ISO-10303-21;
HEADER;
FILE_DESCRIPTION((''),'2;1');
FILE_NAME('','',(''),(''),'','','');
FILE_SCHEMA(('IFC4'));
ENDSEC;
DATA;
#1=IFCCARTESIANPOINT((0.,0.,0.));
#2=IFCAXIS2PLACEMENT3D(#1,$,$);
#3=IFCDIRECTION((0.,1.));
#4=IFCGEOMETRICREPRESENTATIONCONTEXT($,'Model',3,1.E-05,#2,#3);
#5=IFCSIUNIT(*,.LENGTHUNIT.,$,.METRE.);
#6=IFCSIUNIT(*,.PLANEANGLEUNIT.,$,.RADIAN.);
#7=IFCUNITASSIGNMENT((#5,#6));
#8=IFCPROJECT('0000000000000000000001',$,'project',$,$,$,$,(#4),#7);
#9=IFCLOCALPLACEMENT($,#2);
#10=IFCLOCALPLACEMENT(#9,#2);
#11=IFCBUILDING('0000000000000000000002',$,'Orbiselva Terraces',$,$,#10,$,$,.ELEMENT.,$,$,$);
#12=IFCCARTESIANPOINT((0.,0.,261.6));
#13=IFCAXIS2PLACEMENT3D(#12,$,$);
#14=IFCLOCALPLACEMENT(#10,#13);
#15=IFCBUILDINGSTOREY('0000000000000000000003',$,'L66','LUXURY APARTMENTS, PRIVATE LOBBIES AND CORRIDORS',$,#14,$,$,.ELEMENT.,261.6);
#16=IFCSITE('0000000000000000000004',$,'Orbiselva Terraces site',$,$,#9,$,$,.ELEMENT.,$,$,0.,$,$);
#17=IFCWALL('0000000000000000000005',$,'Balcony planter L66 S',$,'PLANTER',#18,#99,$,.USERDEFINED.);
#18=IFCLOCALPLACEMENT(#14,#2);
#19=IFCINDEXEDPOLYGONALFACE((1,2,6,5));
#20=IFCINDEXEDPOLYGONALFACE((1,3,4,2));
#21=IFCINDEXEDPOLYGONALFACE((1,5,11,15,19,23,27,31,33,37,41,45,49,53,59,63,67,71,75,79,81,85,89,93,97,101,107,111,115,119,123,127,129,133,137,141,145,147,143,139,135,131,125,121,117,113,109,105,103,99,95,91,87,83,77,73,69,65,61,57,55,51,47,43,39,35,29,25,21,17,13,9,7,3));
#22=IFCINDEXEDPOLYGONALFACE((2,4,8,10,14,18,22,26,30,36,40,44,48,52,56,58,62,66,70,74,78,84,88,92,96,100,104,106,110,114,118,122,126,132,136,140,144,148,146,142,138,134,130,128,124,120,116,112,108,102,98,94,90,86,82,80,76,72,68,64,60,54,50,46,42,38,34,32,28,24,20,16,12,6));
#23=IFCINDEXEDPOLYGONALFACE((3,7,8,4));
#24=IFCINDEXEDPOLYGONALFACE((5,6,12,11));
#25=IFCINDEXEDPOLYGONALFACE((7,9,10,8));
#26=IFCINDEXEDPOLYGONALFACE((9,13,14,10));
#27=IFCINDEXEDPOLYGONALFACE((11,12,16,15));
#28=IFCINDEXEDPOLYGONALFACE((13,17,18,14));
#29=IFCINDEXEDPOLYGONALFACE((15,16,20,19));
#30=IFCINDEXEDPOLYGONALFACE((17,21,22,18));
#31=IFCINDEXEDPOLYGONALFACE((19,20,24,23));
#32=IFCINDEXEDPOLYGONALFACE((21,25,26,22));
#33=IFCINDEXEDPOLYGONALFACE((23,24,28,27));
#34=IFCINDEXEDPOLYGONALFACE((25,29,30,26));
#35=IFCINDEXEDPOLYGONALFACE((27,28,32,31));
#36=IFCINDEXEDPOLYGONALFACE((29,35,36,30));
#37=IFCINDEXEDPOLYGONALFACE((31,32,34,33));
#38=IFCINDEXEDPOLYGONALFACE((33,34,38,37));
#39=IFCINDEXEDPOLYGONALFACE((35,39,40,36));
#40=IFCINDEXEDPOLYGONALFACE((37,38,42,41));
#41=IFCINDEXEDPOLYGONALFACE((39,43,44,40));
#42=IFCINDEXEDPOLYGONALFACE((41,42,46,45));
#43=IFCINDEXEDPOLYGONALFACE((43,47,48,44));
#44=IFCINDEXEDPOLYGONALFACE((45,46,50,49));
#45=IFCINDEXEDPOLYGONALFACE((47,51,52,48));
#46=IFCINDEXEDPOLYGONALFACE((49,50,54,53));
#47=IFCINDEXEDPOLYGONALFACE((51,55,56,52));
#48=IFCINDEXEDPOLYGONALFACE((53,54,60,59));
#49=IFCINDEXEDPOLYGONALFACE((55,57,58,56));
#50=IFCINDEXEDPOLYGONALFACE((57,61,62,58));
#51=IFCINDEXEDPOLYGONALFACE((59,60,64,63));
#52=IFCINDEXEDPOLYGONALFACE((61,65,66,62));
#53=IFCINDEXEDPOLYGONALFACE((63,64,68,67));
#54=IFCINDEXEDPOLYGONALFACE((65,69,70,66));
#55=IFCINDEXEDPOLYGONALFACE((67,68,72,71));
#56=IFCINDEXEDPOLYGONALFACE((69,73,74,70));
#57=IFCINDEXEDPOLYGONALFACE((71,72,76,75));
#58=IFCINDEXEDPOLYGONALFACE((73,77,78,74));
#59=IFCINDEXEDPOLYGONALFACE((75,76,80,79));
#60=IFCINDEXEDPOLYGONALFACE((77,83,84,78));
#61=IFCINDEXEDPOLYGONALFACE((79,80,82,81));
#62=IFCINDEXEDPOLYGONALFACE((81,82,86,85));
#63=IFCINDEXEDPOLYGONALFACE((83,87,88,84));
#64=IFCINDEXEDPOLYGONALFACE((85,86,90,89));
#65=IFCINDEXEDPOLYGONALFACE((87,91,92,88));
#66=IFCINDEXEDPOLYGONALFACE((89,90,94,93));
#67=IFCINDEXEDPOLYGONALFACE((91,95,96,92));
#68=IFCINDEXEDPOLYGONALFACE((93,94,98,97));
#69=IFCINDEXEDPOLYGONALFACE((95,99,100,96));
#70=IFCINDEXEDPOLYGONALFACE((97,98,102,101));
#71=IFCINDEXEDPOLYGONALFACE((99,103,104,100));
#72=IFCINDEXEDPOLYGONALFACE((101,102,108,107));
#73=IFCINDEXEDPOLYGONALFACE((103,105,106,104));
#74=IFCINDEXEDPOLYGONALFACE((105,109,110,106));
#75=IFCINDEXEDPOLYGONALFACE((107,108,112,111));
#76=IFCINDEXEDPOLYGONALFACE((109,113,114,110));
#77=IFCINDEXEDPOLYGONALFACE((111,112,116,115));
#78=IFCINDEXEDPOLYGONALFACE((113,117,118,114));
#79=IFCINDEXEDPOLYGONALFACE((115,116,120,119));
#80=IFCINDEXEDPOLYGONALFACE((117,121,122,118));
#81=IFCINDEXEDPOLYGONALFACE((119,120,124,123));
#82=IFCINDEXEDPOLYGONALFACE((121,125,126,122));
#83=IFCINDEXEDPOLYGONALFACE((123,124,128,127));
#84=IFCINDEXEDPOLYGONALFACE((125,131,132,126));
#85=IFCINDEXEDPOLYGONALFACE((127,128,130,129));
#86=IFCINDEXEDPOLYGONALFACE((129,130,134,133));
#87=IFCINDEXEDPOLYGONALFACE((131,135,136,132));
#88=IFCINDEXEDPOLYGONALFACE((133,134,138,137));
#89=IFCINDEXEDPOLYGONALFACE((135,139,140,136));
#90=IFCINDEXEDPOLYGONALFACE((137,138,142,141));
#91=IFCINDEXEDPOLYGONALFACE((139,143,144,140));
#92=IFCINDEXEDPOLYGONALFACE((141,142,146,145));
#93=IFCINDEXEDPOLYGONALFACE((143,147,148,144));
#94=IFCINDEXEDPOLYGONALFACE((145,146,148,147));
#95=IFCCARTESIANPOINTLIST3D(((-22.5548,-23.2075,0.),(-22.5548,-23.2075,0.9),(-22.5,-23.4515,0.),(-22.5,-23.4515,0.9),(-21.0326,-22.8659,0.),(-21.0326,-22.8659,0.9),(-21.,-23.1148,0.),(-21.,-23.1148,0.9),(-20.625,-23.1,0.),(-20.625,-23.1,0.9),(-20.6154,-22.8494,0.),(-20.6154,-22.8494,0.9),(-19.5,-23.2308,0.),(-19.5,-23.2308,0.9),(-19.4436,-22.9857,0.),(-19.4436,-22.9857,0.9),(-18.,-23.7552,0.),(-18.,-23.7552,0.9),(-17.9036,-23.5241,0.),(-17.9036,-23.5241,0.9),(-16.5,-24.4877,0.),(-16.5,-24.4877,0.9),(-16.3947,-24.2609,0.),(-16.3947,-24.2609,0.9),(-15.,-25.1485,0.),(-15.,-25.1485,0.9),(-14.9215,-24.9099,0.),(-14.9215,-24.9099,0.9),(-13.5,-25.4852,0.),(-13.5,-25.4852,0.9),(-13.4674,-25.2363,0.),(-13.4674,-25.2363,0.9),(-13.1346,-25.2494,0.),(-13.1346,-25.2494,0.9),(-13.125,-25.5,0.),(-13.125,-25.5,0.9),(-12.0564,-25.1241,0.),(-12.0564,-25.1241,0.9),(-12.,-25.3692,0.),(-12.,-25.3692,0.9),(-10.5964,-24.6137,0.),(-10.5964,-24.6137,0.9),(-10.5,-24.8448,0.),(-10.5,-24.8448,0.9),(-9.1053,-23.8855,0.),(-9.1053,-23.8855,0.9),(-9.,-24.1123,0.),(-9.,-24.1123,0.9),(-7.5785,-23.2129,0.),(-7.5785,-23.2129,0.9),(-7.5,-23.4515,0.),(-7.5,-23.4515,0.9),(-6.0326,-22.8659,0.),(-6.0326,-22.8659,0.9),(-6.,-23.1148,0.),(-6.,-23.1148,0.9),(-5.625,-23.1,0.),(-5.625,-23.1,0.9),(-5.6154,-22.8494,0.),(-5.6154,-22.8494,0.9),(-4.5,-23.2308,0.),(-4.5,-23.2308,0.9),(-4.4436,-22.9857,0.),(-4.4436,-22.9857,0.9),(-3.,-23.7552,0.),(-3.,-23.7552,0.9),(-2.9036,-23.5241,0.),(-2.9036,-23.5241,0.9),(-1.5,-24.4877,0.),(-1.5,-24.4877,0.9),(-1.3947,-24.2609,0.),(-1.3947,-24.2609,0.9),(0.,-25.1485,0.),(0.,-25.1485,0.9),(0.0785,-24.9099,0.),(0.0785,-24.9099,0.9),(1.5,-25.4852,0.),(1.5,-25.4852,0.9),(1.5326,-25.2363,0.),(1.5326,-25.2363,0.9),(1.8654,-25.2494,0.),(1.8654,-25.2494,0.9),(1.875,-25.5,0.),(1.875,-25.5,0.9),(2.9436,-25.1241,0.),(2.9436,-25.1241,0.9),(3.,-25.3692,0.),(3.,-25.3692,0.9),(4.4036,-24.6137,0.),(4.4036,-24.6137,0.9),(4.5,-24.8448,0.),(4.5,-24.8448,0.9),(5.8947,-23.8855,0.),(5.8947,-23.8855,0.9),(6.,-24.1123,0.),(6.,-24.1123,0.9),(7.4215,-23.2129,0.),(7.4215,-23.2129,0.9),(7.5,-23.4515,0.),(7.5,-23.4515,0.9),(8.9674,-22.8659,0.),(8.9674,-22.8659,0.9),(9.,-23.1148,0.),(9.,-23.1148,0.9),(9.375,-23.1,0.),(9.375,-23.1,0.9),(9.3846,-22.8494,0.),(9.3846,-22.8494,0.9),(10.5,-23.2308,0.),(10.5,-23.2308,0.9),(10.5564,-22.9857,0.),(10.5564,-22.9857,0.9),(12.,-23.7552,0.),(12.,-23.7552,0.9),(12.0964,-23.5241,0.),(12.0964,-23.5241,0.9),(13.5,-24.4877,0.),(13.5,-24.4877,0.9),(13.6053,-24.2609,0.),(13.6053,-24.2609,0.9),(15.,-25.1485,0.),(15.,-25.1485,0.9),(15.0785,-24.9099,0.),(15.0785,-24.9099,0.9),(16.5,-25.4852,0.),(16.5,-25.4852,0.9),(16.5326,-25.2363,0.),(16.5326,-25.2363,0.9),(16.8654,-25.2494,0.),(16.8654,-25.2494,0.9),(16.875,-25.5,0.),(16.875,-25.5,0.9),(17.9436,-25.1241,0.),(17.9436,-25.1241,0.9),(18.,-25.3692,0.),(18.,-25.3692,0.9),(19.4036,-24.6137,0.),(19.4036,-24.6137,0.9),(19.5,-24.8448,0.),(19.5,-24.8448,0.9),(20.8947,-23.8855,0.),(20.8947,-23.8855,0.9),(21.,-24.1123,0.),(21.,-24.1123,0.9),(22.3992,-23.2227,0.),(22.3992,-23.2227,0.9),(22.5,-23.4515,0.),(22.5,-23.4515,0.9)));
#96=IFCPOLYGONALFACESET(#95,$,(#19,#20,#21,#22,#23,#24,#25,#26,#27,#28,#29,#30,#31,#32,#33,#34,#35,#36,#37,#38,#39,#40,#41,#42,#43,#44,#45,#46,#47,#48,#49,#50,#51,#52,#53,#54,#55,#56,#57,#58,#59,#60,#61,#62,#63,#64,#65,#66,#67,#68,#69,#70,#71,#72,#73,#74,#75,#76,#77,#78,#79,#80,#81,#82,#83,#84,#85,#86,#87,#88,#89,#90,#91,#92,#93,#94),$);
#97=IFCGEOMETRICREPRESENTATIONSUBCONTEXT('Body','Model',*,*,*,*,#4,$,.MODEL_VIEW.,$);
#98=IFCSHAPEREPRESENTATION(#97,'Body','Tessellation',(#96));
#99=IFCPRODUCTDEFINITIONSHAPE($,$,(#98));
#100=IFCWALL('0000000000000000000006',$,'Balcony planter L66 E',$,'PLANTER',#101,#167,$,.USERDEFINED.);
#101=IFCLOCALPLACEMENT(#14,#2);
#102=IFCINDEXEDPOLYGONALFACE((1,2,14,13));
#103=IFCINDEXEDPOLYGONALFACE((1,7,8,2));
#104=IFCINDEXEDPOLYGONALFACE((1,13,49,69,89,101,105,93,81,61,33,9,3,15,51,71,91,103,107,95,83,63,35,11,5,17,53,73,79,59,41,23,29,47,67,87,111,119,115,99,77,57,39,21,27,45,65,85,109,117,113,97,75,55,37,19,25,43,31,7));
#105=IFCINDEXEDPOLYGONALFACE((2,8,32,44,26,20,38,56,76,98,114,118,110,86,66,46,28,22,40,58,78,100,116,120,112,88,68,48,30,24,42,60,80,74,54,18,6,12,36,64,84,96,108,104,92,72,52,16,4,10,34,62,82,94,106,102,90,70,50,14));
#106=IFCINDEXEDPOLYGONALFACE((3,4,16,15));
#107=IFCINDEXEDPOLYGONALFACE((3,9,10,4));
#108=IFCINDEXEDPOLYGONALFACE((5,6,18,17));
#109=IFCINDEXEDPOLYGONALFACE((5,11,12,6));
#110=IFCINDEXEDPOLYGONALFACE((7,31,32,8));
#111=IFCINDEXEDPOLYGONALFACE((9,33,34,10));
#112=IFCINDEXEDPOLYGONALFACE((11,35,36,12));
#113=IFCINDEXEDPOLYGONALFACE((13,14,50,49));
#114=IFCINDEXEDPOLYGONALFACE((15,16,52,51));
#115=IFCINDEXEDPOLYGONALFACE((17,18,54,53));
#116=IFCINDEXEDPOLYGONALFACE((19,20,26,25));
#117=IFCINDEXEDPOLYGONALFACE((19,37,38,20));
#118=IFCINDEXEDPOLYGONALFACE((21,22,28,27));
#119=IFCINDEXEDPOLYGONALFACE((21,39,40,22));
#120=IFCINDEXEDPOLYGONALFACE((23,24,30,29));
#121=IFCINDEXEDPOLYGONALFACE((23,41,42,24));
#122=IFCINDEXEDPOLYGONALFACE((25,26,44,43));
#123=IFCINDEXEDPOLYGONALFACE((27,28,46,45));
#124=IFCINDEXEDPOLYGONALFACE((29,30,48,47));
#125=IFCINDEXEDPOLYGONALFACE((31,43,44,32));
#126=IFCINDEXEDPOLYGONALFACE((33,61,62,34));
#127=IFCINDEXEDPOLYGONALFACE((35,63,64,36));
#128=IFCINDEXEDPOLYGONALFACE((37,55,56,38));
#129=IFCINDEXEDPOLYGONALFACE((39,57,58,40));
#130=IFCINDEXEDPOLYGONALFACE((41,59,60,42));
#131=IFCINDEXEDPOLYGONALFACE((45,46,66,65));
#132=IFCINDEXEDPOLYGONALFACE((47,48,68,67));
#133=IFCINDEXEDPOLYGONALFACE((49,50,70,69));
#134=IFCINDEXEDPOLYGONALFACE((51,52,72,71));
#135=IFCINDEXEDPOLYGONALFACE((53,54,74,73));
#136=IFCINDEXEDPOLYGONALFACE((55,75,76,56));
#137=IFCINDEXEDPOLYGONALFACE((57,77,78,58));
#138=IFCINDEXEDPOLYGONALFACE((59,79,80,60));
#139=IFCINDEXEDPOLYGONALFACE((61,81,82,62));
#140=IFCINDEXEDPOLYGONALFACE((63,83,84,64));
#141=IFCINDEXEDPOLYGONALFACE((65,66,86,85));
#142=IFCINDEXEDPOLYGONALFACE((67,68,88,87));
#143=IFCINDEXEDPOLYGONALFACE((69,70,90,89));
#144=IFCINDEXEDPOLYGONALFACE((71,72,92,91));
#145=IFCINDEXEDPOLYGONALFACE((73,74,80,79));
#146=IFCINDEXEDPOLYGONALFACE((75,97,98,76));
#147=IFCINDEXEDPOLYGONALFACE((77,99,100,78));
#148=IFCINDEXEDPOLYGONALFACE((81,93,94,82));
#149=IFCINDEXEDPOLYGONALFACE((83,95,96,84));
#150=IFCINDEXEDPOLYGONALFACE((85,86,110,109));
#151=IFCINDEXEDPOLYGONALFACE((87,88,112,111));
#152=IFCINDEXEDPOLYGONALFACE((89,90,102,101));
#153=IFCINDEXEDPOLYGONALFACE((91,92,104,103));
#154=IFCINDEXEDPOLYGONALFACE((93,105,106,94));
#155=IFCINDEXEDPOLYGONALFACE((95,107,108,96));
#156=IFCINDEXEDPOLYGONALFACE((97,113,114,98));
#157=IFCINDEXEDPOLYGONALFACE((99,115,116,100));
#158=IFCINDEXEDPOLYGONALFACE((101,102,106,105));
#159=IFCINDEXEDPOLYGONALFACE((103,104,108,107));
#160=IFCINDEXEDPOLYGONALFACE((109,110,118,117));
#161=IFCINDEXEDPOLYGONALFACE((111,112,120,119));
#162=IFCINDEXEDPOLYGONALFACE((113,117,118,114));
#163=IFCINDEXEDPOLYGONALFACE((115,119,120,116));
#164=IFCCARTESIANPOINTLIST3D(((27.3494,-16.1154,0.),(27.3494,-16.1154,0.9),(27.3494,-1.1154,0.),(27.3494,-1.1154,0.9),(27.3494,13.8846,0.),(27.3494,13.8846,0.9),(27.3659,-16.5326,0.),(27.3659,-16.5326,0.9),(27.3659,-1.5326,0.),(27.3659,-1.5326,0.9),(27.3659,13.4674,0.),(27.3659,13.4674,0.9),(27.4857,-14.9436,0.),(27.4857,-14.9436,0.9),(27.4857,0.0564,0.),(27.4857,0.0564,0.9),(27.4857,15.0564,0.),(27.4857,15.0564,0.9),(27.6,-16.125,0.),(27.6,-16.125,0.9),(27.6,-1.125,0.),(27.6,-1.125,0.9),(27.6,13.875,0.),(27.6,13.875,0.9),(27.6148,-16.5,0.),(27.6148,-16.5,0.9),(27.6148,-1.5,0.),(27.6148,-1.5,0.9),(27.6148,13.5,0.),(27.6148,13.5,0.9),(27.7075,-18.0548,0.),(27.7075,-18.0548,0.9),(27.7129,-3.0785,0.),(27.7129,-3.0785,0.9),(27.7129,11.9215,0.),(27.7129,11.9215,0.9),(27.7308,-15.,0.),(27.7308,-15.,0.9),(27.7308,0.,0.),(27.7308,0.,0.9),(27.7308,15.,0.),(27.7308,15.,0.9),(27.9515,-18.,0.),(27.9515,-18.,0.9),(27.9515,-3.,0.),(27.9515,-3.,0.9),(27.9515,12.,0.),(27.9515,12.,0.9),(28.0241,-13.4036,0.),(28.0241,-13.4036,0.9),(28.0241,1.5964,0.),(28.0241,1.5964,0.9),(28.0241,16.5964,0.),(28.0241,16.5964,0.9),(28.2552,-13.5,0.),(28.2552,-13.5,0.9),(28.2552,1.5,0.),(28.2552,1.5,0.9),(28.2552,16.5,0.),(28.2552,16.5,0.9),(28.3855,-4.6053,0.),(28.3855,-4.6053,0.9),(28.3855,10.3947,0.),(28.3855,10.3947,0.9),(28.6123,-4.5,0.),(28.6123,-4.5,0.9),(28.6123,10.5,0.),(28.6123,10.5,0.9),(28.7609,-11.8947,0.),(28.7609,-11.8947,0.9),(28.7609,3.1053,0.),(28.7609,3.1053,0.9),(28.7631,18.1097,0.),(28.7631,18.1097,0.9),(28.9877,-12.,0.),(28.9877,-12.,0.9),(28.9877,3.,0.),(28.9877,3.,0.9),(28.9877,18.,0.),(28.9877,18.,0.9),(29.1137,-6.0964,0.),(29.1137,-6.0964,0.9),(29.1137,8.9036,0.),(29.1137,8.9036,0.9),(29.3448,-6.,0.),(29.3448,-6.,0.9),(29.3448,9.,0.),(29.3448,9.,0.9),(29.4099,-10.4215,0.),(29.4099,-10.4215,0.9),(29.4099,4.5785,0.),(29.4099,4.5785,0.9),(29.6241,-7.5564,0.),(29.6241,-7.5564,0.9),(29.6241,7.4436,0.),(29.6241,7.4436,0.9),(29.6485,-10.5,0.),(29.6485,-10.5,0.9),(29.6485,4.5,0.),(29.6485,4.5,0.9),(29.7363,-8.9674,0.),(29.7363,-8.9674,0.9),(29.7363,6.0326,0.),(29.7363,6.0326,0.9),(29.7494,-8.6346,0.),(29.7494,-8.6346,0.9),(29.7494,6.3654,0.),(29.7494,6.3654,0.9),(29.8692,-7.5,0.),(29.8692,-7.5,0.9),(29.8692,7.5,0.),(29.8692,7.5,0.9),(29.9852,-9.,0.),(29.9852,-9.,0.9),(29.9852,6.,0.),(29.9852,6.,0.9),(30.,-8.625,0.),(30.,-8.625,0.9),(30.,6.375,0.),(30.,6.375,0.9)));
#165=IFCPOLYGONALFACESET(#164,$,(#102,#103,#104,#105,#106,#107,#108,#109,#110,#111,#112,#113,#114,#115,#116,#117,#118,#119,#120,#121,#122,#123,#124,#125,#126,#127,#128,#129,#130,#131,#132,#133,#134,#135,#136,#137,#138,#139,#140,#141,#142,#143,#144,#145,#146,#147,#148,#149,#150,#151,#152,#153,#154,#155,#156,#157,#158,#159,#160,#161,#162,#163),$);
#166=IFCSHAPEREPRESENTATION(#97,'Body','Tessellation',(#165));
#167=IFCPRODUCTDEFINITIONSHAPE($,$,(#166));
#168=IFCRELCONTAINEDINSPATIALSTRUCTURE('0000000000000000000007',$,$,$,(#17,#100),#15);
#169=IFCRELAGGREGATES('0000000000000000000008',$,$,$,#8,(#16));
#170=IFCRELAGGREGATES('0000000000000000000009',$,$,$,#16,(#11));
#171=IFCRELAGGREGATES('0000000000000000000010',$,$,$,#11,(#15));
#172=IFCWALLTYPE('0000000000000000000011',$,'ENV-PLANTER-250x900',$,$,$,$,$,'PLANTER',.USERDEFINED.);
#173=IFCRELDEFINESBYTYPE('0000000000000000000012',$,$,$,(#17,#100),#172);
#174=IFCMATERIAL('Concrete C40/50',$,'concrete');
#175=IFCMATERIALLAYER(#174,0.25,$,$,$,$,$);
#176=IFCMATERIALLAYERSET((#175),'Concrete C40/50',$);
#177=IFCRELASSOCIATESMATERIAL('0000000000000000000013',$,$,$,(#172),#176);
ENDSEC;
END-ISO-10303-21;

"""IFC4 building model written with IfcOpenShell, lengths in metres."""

from ifc_helpers import new_model, si_unit, direction, frame, origin, place, context, subcontext, project, spatial, polyline, outline, extrude, material, layer, layer_set, type_object, element, save


model = new_model("IFC4")

# Units and contexts
model_context = context("Model", 3, precision=1e-05, world=origin(), true_north=direction((0.0, 1.0)))
body_context = subcontext(model_context, "Body", "Model", "MODEL_VIEW")
ifc_project = project(units=[si_unit("LENGTHUNIT", "METRE"), si_unit("PLANEANGLEUNIT", "RADIAN")], contexts=[model_context])

# Site, building, storey
site_placement = place(None, origin())
site = spatial("IfcSite", under=ifc_project, at=site_placement, Name="Orbiselva Terraces site", CompositionType="ELEMENT", RefElevation=0.0)
building_placement = place(site_placement, origin())
building = spatial("IfcBuilding", under=site, at=building_placement, Name="Orbiselva Terraces", CompositionType="ELEMENT")
storey_placement = place(building_placement, frame((0.0, 0.0, 261.6)))
storey = spatial("IfcBuildingStorey", under=building, at=storey_placement, Name="L66", Description="LUXURY APARTMENTS, PRIVATE LOBBIES AND CORRIDORS", CompositionType="ELEMENT", Elevation=261.6)

# Shared definitions
ifc_material_1 = material(Name="Concrete C40/50", Category="concrete")

# Walls
ifc_layer_1 = layer(ifc_material_1, 0.25)
ifc_layer_set_1 = layer_set([ifc_layer_1], Name="Concrete C40/50")
wall_type_1 = type_object("IfcWallType", Name="ENV-PLANTER-250x900", ElementType="PLANTER", PredefinedType="USERDEFINED", material=ifc_layer_set_1)
wall_1_placement = place(storey_placement, origin())
element("IfcWall", 1, at=wall_1_placement, inside=storey, type_object=wall_type_1, Name="Balcony planter L66 S", ObjectType="PLANTER", PredefinedType="USERDEFINED", context=body_context, shape_type="SweptSolid", body=[
    extrude(outline(polyline([(-22.5, -23.4515), (-21.0, -23.1148), (-20.625, -23.1), (-19.5, -23.2308), (-18.0, -23.7552), (-16.5, -24.4877), (-15.0, -25.1485), (-13.5, -25.4852), (-13.125, -25.5), (-12.0, -25.3692), (-10.5, -24.8448), (-9.0, -24.1123), (-7.5, -23.4515), (-6.0, -23.1148), (-5.625, -23.1), (-4.5, -23.2308), (-3.0, -23.7552), (-1.5, -24.4877), (0.0, -25.1485), (1.5, -25.4852), (1.875, -25.5), (3.0, -25.3692), (4.5, -24.8448), (6.0, -24.1123), (7.5, -23.4515), (9.0, -23.1148), (9.375, -23.1), (10.5, -23.2308), (12.0, -23.7552), (13.5, -24.4877), (15.0, -25.1485), (16.5, -25.4852), (16.875, -25.5), (18.0, -25.3692), (19.5, -24.8448), (21.0, -24.1123), (22.5, -23.4515), (22.3992, -23.2227), (20.8947, -23.8855), (19.4036, -24.6137), (17.9436, -25.1241), (16.8654, -25.2494), (16.5326, -25.2363), (15.0785, -24.9099), (13.6053, -24.2609), (12.0964, -23.5241), (10.5564, -22.9857), (9.3846, -22.8494), (8.9674, -22.8659), (7.4215, -23.2129), (5.8947, -23.8855), (4.4036, -24.6137), (2.9436, -25.1241), (1.8654, -25.2494), (1.5326, -25.2363), (0.0785, -24.9099), (-1.3947, -24.2609), (-2.9036, -23.5241), (-4.4436, -22.9857), (-5.6154, -22.8494), (-6.0326, -22.8659), (-7.5785, -23.2129), (-9.1053, -23.8855), (-10.5964, -24.6137), (-12.0564, -25.1241), (-13.1346, -25.2494), (-13.4674, -25.2363), (-14.9215, -24.9099), (-16.3947, -24.2609), (-17.9036, -23.5241), (-19.4436, -22.9857), (-20.6154, -22.8494), (-21.0326, -22.8659), (-22.5548, -23.2075), (-22.5, -23.4515)])), origin(), (0.0, 0.0, 1.0), 0.9),
])
wall_2_placement = place(storey_placement, origin())
element("IfcWall", 2, at=wall_2_placement, inside=storey, type_object=wall_type_1, Name="Balcony planter L66 E", ObjectType="PLANTER", PredefinedType="USERDEFINED", context=body_context, shape_type="SweptSolid", body=[
    extrude(outline(polyline([(27.9515, -18.0), (27.6148, -16.5), (27.6, -16.125), (27.7308, -15.0), (28.2552, -13.5), (28.9877, -12.0), (29.6485, -10.5), (29.9852, -9.0), (30.0, -8.625), (29.8692, -7.5), (29.3448, -6.0), (28.6123, -4.5), (27.9515, -3.0), (27.6148, -1.5), (27.6, -1.125), (27.7308, 0.0), (28.2552, 1.5), (28.9877, 3.0), (29.6485, 4.5), (29.9852, 6.0), (30.0, 6.375), (29.8692, 7.5), (29.3448, 9.0), (28.6123, 10.5), (27.9515, 12.0), (27.6148, 13.5), (27.6, 13.875), (27.7308, 15.0), (28.2552, 16.5), (28.9877, 18.0), (28.7631, 18.1097), (28.0241, 16.5964), (27.4857, 15.0564), (27.3494, 13.8846), (27.3659, 13.4674), (27.7129, 11.9215), (28.3855, 10.3947), (29.1137, 8.9036), (29.6241, 7.4436), (29.7494, 6.3654), (29.7363, 6.0326), (29.4099, 4.5785), (28.7609, 3.1053), (28.0241, 1.5964), (27.4857, 0.0564), (27.3494, -1.1154), (27.3659, -1.5326), (27.7129, -3.0785), (28.3855, -4.6053), (29.1137, -6.0964), (29.6241, -7.5564), (29.7494, -8.6346), (29.7363, -8.9674), (29.4099, -10.4215), (28.7609, -11.8947), (28.0241, -13.4036), (27.4857, -14.9436), (27.3494, -16.1154), (27.3659, -16.5326), (27.7075, -18.0548), (27.9515, -18.0)])), origin(), (0.0, 0.0, 1.0), 0.9),
])

save(model, "model.ifc")
